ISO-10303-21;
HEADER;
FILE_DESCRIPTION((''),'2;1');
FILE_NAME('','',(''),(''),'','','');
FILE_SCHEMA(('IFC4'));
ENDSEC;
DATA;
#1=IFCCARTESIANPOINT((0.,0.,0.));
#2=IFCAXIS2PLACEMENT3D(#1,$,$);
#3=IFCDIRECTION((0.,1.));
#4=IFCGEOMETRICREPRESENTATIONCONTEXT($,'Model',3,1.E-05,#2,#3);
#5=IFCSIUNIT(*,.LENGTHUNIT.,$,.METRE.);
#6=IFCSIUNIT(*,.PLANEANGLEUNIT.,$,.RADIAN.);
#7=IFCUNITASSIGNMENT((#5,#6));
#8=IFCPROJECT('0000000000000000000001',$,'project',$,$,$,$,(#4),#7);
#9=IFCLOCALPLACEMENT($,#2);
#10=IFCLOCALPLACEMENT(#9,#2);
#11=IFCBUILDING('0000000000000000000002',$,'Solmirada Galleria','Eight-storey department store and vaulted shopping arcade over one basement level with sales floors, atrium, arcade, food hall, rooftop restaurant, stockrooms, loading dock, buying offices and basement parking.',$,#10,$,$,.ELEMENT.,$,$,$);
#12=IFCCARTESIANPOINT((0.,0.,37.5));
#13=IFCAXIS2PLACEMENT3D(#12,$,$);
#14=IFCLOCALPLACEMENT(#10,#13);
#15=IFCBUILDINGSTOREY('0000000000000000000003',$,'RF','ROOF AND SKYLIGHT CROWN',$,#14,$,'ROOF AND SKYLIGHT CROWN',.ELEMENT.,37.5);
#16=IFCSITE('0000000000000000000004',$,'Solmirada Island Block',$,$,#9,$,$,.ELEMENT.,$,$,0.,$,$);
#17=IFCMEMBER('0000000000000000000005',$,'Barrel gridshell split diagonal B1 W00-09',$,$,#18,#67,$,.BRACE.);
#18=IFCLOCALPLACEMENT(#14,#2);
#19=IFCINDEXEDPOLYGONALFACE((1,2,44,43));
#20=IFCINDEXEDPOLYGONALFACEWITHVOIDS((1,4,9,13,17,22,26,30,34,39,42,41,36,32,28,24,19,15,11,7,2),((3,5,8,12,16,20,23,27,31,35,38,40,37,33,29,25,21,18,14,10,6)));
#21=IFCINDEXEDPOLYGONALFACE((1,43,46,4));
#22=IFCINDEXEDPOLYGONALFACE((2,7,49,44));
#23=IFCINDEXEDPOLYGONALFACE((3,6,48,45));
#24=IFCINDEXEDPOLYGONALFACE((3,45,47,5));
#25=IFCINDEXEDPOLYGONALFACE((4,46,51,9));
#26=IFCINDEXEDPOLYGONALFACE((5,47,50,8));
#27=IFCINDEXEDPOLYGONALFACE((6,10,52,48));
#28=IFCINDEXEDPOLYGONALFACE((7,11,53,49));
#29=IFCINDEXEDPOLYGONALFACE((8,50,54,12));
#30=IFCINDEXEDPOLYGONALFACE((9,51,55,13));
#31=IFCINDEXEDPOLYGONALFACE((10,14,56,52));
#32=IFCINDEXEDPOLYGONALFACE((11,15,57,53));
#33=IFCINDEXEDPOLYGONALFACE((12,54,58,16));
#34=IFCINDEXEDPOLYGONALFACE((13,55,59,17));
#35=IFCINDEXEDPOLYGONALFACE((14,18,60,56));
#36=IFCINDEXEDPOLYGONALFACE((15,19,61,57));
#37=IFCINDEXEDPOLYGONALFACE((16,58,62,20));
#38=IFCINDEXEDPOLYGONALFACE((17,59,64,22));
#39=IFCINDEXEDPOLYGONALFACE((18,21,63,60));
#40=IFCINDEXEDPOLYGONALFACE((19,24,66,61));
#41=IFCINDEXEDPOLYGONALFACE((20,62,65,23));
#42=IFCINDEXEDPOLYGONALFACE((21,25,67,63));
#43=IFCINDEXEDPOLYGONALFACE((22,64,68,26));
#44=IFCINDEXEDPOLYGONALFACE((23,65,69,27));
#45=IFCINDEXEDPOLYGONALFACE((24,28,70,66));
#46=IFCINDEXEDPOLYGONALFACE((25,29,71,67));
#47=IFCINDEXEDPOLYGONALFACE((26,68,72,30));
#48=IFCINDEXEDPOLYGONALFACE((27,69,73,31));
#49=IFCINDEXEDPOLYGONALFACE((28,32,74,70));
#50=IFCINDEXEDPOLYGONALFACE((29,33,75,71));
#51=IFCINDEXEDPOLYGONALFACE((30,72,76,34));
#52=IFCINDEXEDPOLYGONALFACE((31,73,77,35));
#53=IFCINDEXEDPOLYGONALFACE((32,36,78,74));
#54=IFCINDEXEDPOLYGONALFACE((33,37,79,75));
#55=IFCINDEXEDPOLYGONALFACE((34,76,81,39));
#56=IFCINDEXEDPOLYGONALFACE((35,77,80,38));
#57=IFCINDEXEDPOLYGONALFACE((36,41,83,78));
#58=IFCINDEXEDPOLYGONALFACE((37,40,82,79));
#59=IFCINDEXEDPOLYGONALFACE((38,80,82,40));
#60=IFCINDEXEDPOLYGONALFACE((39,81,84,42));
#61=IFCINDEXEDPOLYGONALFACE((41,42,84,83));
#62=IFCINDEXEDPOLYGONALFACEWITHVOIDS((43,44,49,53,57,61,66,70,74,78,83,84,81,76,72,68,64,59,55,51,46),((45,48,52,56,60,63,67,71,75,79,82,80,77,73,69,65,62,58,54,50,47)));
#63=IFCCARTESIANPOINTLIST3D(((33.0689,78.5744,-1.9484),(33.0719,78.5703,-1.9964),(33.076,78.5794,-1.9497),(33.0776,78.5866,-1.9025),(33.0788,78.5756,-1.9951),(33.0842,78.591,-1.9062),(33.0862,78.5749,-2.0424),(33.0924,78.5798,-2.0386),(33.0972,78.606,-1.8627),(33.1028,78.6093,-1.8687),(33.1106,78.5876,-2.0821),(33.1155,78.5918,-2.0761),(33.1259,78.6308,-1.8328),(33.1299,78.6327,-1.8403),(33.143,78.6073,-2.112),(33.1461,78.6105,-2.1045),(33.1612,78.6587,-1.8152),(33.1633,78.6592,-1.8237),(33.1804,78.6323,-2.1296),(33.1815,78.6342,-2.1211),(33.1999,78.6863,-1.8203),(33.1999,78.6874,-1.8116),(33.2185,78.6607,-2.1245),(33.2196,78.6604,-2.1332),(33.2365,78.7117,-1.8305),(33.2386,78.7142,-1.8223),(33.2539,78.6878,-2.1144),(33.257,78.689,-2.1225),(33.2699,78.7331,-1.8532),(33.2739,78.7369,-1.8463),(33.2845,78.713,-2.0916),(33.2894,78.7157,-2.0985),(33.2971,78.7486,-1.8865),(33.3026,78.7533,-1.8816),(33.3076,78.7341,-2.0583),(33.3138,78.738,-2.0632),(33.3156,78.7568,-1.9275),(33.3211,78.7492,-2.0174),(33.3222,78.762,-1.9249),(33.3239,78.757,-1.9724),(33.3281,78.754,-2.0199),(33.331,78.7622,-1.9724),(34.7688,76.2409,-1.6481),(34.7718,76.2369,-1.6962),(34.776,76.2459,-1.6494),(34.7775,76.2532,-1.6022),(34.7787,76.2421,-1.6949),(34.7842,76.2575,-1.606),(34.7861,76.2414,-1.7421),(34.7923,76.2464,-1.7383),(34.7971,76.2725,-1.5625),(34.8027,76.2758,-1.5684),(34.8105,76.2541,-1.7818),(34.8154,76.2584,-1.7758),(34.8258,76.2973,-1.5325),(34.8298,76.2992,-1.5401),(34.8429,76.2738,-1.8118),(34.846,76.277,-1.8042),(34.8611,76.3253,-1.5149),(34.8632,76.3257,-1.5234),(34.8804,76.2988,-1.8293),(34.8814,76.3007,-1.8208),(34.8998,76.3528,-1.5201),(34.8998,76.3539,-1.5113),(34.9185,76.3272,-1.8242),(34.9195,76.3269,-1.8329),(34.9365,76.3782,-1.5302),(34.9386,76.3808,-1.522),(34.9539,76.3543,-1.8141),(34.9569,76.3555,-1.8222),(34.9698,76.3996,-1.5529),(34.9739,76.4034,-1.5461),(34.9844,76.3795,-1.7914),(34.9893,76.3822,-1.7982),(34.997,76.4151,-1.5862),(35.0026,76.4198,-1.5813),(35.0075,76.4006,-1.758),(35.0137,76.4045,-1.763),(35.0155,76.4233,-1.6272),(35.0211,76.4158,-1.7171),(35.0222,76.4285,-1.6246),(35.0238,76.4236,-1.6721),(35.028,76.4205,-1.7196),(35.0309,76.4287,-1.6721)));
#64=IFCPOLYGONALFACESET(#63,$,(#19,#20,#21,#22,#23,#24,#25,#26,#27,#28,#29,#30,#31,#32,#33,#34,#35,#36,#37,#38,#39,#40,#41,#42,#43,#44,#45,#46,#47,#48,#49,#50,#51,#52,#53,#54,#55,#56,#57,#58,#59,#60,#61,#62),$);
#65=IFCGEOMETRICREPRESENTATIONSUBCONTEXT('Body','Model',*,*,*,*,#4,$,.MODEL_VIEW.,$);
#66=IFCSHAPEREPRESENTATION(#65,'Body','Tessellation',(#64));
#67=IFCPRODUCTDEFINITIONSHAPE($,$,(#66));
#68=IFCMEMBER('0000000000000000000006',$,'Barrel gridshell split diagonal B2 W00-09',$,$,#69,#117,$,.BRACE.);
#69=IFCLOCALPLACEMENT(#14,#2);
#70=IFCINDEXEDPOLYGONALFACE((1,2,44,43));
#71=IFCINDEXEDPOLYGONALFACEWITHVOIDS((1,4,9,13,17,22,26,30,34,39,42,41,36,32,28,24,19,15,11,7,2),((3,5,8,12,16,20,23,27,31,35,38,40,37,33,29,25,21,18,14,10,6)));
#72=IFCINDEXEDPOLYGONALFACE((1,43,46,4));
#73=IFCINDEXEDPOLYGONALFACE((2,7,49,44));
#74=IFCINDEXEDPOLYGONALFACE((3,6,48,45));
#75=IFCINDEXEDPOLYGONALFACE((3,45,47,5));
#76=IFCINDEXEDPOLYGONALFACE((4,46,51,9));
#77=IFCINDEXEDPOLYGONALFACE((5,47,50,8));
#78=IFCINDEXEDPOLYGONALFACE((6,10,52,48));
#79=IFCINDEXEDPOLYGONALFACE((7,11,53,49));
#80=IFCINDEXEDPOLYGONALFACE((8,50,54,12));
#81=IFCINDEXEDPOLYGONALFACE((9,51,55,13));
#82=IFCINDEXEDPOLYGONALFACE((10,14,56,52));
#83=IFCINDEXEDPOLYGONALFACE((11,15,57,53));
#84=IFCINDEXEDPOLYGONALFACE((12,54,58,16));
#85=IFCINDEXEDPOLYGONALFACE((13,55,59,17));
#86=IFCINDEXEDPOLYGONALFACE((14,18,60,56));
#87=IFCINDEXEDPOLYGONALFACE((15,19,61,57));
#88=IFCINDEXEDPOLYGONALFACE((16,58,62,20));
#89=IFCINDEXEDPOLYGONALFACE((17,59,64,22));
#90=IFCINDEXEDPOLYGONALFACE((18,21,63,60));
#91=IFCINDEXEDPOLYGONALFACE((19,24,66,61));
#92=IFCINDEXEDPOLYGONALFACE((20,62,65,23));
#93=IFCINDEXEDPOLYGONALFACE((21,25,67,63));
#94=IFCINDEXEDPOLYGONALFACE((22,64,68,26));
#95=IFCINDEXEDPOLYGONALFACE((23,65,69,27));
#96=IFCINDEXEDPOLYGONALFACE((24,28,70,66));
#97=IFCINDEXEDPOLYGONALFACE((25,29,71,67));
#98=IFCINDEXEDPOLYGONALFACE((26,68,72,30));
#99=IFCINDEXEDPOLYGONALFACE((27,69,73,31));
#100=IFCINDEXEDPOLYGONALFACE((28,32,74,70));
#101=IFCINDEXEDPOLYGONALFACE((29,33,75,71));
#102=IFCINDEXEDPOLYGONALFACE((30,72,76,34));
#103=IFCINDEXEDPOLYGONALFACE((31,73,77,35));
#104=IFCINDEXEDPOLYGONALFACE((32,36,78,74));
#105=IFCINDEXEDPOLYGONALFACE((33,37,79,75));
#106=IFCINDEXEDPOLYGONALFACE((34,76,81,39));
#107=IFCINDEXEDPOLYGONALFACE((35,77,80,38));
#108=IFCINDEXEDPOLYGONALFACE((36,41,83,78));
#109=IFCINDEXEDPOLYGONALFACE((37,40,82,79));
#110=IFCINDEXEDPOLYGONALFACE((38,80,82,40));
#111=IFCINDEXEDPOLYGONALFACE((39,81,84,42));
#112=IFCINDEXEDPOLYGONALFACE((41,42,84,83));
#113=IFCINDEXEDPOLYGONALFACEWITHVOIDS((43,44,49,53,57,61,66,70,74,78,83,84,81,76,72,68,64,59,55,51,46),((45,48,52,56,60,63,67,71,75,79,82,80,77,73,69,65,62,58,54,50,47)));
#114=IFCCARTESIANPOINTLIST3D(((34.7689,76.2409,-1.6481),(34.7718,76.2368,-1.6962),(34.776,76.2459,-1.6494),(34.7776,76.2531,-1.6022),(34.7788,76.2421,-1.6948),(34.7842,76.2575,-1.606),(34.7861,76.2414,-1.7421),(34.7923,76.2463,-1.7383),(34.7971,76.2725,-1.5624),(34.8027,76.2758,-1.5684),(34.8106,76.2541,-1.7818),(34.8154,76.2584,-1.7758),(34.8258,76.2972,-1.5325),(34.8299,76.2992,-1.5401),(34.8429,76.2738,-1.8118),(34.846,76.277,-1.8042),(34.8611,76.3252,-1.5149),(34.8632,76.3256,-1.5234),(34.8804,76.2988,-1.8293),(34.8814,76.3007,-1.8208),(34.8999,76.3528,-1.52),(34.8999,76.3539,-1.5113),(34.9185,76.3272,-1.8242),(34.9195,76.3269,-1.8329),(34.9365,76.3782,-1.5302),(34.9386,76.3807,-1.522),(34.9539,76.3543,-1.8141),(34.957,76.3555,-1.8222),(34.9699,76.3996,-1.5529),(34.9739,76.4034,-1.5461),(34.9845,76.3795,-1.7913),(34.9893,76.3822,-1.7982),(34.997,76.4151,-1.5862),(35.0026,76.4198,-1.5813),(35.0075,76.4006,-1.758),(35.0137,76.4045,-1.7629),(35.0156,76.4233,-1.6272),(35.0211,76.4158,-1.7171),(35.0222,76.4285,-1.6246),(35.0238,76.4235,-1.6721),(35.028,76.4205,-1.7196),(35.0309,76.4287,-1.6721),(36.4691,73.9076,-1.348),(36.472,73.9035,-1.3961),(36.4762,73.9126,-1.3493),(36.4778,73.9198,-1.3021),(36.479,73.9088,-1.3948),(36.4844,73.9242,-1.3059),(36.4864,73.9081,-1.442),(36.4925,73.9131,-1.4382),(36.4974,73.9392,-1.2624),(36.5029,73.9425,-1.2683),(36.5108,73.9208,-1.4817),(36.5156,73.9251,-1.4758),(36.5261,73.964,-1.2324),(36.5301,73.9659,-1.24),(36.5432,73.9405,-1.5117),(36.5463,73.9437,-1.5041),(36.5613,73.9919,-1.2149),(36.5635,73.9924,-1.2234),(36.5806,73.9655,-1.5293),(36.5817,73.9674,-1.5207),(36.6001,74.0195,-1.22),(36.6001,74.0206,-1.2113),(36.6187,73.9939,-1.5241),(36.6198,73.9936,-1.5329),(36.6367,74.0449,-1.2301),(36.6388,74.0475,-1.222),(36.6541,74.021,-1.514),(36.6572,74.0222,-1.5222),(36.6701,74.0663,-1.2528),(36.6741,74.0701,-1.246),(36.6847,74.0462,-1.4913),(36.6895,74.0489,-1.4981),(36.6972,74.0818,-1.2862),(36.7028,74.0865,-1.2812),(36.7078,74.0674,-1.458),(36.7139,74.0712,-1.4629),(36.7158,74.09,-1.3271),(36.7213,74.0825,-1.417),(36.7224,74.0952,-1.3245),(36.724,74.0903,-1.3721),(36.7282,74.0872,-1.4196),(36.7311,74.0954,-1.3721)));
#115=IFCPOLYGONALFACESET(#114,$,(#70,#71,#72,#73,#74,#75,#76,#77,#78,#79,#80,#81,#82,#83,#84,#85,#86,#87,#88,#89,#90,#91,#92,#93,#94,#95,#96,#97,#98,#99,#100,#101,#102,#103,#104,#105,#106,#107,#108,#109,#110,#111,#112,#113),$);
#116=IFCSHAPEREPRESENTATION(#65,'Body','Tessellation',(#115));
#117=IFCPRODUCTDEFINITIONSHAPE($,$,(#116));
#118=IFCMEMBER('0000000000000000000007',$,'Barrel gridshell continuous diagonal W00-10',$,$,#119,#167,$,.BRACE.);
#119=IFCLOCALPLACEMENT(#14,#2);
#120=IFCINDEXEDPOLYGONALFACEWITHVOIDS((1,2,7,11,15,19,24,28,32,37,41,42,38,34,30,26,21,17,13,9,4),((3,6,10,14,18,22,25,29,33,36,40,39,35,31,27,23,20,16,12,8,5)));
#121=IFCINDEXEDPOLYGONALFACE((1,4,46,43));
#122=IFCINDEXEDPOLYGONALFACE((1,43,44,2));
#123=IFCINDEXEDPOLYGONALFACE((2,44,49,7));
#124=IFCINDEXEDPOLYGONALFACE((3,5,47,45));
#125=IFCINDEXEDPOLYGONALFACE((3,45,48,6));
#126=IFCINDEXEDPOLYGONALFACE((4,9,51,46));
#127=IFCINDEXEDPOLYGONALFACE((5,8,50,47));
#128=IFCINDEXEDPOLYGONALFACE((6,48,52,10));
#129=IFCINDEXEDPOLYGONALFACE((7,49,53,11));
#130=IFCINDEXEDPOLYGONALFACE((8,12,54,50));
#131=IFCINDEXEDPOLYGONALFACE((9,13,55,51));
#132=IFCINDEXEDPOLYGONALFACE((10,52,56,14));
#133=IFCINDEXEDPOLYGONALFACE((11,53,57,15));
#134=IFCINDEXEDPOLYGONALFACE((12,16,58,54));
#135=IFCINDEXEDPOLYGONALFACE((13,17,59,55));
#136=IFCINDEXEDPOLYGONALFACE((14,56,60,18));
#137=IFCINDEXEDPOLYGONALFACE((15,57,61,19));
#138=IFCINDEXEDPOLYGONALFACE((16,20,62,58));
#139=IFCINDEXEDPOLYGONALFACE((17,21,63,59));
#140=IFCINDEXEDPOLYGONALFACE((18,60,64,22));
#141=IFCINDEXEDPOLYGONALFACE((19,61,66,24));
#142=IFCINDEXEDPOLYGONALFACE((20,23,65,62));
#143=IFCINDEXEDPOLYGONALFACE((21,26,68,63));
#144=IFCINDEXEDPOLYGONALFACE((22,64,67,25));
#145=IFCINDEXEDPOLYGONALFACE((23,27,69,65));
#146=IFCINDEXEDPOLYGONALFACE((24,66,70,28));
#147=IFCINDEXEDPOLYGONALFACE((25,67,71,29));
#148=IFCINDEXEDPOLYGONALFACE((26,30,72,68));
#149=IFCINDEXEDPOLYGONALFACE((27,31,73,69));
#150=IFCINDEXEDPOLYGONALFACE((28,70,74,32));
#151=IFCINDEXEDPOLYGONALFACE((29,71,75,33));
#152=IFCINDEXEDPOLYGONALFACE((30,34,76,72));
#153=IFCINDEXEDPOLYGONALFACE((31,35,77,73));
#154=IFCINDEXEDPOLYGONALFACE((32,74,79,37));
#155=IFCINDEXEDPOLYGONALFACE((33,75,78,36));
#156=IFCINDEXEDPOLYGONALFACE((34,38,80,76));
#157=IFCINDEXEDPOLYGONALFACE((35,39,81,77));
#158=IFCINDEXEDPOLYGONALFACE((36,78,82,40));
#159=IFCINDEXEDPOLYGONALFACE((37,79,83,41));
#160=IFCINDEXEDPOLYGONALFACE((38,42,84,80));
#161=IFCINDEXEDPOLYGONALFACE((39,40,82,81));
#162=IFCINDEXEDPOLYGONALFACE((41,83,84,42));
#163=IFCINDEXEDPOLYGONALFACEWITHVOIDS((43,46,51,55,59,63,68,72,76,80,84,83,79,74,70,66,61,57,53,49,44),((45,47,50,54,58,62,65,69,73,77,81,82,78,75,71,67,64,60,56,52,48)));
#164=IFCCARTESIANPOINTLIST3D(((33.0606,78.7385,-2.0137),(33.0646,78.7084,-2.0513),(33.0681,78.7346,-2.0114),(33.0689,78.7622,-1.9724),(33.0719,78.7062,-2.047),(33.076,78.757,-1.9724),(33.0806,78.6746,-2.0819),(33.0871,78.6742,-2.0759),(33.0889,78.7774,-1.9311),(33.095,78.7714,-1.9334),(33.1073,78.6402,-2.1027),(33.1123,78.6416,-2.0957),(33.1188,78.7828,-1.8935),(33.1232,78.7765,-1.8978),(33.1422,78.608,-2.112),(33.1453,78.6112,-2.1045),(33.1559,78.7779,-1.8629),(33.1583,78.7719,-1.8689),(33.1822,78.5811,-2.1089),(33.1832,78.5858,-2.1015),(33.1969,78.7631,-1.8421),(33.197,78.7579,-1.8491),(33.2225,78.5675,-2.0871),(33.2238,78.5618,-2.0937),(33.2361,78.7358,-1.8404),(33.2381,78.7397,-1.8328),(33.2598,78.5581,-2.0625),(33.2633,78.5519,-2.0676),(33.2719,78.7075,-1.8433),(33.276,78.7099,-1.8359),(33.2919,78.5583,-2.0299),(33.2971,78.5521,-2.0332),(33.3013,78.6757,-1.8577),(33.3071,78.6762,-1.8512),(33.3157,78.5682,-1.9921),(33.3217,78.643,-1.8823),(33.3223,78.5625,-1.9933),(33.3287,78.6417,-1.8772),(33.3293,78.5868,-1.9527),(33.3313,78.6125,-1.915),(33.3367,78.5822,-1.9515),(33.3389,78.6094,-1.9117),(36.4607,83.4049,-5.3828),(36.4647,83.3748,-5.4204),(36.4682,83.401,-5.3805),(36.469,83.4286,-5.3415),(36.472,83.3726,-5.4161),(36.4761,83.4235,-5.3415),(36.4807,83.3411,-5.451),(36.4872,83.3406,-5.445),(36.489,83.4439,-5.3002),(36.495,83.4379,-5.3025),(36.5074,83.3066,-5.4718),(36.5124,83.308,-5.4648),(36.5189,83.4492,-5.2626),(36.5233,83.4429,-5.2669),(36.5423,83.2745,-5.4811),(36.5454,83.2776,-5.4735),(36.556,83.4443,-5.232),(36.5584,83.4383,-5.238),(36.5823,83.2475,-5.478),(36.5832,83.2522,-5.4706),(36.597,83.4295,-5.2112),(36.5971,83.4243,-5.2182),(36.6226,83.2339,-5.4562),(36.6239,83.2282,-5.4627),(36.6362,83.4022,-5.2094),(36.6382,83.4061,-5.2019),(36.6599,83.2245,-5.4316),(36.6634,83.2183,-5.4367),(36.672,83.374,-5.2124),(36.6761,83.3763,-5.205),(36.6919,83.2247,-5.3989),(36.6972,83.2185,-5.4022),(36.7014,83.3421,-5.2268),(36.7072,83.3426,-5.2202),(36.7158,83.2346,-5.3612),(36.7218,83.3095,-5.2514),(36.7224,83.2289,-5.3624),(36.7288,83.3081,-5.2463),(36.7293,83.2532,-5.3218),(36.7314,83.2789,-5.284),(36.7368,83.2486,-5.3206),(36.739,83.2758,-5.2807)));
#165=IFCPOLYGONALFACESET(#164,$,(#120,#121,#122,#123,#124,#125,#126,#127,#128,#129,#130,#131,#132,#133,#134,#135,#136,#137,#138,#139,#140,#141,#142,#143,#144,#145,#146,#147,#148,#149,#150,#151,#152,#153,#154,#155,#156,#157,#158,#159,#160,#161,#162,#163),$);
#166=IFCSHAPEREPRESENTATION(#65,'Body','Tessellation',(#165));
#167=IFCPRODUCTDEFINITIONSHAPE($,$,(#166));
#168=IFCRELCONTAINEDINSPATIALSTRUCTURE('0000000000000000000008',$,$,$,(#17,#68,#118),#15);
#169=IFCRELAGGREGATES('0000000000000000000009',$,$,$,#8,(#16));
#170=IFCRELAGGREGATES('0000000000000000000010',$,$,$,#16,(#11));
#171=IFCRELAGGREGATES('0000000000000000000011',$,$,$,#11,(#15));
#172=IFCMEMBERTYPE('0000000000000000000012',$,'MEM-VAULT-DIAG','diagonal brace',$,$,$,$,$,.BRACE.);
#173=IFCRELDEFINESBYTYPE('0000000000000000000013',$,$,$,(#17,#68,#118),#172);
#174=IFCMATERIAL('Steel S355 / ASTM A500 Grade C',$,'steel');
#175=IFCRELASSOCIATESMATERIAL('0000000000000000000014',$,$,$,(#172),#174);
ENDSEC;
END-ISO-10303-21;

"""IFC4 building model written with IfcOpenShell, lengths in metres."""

from ifc_helpers import new_model, si_unit, direction, frame, origin, origin_2d, place, context, subcontext, project, spatial, hollow_circle, extrude, material, material_profile, profile_set, type_object, element, save


model = new_model("IFC4")

# Units and contexts
model_context = context("Model", 3, precision=1e-05, world=origin(), true_north=direction((0.0, 1.0)))
body_context = subcontext(model_context, "Body", "Model", "MODEL_VIEW")
ifc_project = project(units=[si_unit("LENGTHUNIT", "METRE"), si_unit("PLANEANGLEUNIT", "RADIAN")], contexts=[model_context])

# Site, building, storey
site_placement = place(None, origin())
site = spatial("IfcSite", under=ifc_project, at=site_placement, Name="Solmirada Island Block", CompositionType="ELEMENT", RefElevation=0.0)
building_placement = place(site_placement, origin())
building = spatial("IfcBuilding", under=site, at=building_placement, Name="Solmirada Galleria", Description="Eight-storey department store and vaulted shopping arcade over one basement level with sales floors, atrium, arcade, food hall, rooftop restaurant, stockrooms, loading dock, buying offices and basement parking.", CompositionType="ELEMENT")
storey_placement = place(building_placement, frame((0.0, 0.0, 37.5)))
storey = spatial("IfcBuildingStorey", under=building, at=storey_placement, Name="RF", Description="ROOF AND SKYLIGHT CROWN", LongName="ROOF AND SKYLIGHT CROWN", CompositionType="ELEMENT", Elevation=37.5)

# Members
ifc_material_1 = material(Name="Steel S355 / ASTM A500 Grade C", Category="steel")
ifc_material_profile_1 = material_profile(ifc_material_1, hollow_circle(Radius=0.1621, WallThickness=0.0088, at=origin_2d()), Name="HSS12.750X0.375")
ifc_profile_set_1 = profile_set([ifc_material_profile_1], Name="Steel S355 / ASTM A500 Grade C")
member_type_1 = type_object("IfcMemberType", Name="MEM-VAULT-DIAG", Description="diagonal brace", PredefinedType="BRACE", material=ifc_profile_set_1)
for number, where, z_axis, x_axis, name in (
    (1, (33.2, 78.6667, -1.9724), (0.585661, -0.803927, 0.103456), (0.808264, 0.58882, 0.0), "Barrel gridshell split diagonal B1 W00-09"),
    (2, (34.8999, 76.3333, -1.6721), (0.585761, -0.803865, 0.103374), (0.808195, 0.588916, 0.0), "Barrel gridshell split diagonal B2 W00-09"),
):
    element("IfcMember", number, at=place(storey_placement, frame(where, z_axis=z_axis, x_axis=x_axis)), inside=storey, type_object=member_type_1, Name=name, PredefinedType="BRACE", context=body_context, shape_type="SweptSolid", body=[
        extrude(hollow_circle(Radius=0.1621, WallThickness=0.0088, at=origin_2d()), origin(), (0.0, 0.0, 1.0), 2.9026),
    ])
member_1_placement = place(storey_placement, frame((33.2, 78.6667, -1.9724), z_axis=(0.508628, 0.698063, -0.50399), x_axis=(-0.808215, 0.588888, 0.0)))
element("IfcMember", 3, at=member_1_placement, inside=storey, type_object=member_type_1, Name="Barrel gridshell continuous diagonal W00-10", PredefinedType="BRACE", context=body_context, shape_type="SweptSolid", body=[
    extrude(hollow_circle(Radius=0.1621, WallThickness=0.0088, at=origin_2d()), origin(), (0.0, 0.0, 1.0), 6.6848),
])

save(model, "model.ifc")
